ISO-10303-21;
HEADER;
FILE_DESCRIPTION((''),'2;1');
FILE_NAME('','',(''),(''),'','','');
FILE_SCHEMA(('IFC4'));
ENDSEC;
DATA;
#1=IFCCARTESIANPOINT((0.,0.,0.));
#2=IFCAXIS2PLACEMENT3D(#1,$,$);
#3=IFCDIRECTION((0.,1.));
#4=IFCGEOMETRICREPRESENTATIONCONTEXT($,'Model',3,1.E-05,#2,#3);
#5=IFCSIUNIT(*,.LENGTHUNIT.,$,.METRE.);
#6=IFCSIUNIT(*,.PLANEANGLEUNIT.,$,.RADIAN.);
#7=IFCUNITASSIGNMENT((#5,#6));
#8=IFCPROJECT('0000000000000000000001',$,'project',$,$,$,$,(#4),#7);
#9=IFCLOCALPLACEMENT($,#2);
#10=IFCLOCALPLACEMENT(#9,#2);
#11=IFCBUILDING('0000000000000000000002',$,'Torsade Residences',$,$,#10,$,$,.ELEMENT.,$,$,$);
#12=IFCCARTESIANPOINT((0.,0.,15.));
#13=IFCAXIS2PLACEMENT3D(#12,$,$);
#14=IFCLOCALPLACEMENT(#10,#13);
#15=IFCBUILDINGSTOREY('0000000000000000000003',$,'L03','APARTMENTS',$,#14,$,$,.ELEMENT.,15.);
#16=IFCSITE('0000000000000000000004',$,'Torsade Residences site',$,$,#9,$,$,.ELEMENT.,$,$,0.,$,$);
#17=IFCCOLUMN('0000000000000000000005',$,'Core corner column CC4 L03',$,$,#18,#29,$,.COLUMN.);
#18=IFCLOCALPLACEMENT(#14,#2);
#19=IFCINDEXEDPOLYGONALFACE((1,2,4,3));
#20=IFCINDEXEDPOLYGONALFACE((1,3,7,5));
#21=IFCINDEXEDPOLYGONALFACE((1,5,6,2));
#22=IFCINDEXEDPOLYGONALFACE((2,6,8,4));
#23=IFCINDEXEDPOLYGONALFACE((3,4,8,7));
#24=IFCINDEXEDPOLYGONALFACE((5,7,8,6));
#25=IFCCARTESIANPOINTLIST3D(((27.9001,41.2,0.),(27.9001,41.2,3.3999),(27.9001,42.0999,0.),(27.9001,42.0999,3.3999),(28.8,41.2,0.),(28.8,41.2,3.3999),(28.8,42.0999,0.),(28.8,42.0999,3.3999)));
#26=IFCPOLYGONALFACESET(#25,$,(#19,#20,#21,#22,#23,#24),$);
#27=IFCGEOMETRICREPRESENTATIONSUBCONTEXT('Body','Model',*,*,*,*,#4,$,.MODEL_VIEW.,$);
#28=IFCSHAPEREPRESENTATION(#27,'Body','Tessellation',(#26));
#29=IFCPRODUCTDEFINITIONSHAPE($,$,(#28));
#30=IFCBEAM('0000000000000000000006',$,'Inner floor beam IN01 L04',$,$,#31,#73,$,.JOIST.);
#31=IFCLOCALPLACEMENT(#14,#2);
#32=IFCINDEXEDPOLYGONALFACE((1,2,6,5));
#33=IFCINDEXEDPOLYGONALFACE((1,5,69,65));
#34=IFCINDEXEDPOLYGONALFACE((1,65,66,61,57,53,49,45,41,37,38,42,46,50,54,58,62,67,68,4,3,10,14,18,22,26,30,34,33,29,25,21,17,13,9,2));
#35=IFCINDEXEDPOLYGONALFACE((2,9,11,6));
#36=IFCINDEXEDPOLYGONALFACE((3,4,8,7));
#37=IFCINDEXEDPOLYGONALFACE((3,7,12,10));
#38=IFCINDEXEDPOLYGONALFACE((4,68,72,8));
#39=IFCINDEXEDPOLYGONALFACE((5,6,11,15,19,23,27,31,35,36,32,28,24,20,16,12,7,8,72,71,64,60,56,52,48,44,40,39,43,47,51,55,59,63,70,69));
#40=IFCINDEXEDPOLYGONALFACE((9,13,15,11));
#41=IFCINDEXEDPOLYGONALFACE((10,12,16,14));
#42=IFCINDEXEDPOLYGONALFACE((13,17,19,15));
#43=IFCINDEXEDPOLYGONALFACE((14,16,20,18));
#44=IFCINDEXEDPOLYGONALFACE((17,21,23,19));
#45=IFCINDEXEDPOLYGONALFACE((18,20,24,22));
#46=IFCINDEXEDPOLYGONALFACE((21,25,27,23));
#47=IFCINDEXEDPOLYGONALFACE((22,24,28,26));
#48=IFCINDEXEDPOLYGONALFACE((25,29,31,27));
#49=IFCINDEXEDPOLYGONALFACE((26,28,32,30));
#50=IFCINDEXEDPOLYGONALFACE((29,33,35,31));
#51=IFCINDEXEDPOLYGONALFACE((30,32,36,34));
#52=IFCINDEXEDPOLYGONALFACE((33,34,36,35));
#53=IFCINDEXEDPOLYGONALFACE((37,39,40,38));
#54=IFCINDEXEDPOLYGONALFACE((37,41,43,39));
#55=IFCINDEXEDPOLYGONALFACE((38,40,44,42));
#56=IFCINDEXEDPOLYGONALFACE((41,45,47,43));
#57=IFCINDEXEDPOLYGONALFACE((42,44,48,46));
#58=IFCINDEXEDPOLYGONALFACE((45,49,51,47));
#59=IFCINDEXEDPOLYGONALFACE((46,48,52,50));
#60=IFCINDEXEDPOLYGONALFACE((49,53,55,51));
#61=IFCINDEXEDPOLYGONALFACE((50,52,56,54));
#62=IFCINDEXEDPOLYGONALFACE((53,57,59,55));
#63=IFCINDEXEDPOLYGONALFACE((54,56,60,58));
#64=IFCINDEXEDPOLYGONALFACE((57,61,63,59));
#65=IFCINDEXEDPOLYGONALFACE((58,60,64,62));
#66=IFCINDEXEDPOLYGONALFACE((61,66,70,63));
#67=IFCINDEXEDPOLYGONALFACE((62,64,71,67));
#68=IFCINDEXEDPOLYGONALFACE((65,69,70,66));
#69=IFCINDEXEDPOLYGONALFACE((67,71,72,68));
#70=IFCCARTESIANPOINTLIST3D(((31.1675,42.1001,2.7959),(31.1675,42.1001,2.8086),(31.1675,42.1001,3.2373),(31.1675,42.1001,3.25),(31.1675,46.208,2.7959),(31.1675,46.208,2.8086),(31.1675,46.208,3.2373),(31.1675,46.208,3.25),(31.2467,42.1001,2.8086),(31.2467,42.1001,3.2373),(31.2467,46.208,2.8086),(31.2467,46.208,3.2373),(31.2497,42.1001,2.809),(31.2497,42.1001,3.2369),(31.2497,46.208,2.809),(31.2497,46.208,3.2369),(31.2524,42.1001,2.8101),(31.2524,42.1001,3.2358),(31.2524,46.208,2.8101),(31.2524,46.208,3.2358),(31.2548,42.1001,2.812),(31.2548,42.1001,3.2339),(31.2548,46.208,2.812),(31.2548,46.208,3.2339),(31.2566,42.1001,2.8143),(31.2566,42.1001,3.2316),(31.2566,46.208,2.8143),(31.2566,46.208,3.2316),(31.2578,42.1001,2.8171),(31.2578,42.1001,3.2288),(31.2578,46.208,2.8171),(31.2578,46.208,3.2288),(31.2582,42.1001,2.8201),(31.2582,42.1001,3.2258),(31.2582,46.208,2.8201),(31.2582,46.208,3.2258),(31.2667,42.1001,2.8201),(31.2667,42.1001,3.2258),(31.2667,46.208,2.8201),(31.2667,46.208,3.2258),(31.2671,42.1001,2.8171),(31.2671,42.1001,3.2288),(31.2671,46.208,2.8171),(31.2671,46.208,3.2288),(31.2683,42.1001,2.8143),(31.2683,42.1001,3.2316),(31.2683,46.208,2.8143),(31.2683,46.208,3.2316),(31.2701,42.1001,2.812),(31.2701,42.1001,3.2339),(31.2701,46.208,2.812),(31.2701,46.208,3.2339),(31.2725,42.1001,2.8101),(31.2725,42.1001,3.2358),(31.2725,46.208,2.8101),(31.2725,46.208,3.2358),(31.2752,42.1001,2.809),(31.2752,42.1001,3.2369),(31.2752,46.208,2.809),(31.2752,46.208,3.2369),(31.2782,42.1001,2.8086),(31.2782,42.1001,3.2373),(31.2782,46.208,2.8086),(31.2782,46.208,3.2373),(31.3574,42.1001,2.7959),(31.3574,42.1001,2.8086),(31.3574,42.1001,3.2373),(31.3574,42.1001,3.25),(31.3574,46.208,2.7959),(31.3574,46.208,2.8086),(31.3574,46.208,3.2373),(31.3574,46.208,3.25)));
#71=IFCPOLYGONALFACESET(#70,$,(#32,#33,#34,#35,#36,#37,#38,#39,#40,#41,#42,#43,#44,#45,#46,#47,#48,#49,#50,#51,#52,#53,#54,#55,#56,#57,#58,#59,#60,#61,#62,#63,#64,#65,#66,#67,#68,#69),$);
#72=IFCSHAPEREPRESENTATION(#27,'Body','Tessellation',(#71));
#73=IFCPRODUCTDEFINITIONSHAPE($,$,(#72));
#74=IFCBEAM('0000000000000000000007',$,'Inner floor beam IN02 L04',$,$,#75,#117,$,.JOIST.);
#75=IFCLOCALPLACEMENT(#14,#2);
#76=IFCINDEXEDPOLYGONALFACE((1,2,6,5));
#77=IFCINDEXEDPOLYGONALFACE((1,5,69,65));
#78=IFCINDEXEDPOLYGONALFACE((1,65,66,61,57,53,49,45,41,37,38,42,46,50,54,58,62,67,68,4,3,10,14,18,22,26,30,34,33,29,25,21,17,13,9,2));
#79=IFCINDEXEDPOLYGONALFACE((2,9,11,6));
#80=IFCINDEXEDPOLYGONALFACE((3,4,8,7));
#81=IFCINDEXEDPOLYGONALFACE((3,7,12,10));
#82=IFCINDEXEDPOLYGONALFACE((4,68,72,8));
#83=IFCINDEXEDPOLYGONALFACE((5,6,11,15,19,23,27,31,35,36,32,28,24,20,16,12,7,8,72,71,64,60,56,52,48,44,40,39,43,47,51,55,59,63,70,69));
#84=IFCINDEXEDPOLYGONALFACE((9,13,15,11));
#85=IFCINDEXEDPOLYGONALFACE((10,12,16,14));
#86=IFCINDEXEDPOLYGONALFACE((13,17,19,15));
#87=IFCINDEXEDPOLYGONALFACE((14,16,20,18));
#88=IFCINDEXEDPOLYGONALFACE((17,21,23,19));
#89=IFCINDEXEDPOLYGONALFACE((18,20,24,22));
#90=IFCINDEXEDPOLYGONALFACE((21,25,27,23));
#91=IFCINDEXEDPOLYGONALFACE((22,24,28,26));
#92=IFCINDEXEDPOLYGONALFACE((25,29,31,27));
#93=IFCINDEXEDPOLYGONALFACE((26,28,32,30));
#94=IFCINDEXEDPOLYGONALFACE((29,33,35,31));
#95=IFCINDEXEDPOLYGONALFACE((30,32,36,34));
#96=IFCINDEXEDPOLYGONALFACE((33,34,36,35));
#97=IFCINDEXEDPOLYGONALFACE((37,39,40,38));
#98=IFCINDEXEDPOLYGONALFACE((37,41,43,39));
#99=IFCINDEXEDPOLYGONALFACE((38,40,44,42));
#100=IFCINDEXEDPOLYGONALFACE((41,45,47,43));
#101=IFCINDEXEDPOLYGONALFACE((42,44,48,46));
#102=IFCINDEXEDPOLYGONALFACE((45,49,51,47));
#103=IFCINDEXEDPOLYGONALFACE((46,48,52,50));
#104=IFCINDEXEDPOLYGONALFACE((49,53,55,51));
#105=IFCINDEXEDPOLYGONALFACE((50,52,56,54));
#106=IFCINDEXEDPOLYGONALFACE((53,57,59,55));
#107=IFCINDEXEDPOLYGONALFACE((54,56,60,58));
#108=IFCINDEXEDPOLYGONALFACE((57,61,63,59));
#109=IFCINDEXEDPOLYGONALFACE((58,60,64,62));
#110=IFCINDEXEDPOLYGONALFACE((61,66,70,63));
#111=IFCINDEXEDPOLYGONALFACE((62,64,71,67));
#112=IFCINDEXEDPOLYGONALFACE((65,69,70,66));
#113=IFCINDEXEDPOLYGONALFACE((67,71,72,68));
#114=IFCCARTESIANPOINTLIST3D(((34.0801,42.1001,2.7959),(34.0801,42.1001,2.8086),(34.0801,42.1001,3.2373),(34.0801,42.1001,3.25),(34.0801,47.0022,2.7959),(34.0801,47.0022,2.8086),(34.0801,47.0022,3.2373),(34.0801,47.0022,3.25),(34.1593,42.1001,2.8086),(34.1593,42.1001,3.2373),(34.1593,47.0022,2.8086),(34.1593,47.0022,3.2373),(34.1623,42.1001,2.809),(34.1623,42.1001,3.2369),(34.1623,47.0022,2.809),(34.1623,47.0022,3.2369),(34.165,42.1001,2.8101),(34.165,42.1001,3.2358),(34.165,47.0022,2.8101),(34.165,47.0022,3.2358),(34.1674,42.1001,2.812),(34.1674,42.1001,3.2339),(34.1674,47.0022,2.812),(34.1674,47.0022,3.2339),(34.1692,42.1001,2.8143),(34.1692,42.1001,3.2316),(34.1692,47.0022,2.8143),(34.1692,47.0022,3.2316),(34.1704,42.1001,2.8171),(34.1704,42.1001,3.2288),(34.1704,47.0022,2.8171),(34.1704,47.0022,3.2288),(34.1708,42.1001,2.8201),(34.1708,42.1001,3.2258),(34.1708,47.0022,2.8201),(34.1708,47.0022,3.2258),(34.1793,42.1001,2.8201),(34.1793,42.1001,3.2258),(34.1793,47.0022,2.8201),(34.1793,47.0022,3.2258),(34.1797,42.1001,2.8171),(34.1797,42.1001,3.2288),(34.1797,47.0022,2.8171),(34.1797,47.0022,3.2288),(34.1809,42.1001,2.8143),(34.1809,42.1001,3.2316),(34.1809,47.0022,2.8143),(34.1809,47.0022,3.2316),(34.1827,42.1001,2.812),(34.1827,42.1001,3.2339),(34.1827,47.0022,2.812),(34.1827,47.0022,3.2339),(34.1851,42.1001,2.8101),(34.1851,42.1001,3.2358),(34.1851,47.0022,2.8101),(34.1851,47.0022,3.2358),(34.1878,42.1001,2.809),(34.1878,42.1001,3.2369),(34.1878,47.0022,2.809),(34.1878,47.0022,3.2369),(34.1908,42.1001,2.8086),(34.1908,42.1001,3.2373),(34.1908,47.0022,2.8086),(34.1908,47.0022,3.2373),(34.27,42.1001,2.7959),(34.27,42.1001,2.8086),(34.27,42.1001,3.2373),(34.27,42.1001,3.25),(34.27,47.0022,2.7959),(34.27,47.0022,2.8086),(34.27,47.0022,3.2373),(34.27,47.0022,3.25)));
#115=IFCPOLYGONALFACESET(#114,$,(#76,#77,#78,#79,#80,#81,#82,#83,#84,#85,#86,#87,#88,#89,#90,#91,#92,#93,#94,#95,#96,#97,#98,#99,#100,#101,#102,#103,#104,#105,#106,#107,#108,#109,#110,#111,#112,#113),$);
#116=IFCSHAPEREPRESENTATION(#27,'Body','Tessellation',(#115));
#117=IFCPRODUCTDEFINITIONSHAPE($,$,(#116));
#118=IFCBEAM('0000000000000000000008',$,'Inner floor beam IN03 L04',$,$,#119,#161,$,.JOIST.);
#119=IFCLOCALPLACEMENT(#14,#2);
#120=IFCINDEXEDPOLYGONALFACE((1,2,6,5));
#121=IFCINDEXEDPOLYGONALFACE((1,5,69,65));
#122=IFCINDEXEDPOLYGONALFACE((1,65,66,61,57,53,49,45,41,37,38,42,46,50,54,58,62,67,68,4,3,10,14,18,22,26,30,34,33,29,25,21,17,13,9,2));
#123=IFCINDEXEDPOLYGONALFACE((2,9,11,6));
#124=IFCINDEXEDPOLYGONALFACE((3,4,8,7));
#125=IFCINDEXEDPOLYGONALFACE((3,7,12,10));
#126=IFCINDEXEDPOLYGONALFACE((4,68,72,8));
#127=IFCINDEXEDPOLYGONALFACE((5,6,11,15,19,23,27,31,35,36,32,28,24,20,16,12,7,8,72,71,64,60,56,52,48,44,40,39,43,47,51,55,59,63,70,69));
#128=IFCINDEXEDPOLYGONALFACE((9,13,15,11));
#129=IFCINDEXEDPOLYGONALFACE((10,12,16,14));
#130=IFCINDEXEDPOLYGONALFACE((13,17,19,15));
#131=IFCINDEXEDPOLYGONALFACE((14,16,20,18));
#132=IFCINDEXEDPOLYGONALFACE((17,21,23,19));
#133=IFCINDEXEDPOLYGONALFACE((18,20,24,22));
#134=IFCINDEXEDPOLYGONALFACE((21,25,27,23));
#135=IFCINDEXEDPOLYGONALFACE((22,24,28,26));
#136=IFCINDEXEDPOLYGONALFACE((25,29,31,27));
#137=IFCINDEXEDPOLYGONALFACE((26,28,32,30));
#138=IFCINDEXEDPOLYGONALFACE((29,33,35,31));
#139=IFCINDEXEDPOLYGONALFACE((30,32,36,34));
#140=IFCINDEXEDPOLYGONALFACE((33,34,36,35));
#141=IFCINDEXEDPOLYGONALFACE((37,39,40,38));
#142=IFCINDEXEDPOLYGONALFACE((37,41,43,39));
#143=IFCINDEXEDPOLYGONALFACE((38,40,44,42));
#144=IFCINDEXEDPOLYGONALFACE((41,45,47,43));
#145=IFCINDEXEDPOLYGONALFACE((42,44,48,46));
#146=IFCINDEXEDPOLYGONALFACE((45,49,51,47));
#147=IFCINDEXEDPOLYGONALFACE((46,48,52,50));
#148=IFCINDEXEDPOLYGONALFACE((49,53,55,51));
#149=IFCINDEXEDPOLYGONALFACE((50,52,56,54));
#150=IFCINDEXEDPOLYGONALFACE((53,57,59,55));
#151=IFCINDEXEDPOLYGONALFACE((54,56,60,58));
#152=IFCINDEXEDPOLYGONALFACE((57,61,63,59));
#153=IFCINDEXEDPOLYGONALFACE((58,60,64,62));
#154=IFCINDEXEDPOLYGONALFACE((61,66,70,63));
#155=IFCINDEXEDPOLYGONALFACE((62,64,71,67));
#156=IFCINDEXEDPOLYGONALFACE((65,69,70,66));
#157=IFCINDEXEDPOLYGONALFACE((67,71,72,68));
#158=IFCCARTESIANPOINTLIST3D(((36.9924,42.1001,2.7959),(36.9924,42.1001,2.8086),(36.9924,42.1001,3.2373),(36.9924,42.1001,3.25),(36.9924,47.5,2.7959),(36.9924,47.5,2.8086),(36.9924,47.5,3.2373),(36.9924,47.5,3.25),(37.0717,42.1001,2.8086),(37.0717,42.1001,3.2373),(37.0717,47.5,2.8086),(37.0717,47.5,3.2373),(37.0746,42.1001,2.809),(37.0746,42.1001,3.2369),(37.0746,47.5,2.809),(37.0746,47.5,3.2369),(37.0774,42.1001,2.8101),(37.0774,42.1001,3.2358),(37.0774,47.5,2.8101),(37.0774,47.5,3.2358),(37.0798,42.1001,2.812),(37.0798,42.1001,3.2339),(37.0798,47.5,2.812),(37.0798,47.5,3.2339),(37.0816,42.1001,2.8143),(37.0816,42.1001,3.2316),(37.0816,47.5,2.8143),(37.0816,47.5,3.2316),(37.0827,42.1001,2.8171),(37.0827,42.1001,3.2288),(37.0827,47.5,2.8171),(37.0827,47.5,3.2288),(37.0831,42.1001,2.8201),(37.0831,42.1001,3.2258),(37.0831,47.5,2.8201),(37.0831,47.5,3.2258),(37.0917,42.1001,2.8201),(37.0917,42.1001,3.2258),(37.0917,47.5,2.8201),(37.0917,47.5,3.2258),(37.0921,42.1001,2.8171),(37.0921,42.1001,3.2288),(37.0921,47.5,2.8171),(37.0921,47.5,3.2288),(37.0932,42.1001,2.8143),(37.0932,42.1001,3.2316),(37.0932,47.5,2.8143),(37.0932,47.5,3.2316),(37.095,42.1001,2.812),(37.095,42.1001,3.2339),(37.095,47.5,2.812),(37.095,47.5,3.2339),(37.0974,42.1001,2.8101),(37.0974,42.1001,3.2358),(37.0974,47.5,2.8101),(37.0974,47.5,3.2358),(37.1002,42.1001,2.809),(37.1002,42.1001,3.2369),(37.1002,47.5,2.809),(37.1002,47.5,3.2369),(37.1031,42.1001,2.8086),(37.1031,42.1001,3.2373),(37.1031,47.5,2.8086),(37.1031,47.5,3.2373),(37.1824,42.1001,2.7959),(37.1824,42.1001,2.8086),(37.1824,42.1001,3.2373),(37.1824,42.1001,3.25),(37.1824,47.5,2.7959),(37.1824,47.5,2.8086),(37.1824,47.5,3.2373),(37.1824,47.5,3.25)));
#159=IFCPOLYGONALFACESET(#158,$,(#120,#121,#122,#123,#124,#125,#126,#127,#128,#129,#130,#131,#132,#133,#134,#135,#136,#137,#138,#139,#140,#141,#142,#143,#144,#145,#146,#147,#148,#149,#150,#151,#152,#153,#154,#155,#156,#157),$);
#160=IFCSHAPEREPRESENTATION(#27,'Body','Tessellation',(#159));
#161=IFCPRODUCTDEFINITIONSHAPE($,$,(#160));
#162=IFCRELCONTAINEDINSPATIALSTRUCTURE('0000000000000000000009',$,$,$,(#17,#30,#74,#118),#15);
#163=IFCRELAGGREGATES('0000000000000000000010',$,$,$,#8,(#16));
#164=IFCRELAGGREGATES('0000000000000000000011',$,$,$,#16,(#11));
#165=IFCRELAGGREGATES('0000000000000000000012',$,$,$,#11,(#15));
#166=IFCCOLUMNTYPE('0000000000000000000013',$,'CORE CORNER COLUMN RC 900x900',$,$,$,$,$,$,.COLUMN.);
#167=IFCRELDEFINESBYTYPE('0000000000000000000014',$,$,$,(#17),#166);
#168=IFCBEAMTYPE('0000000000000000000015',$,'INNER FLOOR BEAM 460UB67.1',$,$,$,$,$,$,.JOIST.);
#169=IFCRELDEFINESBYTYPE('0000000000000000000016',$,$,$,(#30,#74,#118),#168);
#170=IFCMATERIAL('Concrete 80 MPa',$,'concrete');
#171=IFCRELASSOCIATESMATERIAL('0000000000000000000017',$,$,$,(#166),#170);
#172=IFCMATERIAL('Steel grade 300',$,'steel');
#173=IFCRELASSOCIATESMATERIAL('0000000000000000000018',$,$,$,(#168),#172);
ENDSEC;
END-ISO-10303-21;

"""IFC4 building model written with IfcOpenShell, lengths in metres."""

from ifc_helpers import new_model, si_unit, direction, frame, origin, origin_2d, place, context, subcontext, project, spatial, rectangle, i_section, extrude, material, material_profile, profile_set, type_object, element, save


model = new_model("IFC4")

# Units and contexts
model_context = context("Model", 3, precision=1e-05, world=origin(), true_north=direction((0.0, 1.0)))
body_context = subcontext(model_context, "Body", "Model", "MODEL_VIEW")
ifc_project = project(units=[si_unit("LENGTHUNIT", "METRE"), si_unit("PLANEANGLEUNIT", "RADIAN")], contexts=[model_context])

# Site, building, storey
site_placement = place(None, origin())
site = spatial("IfcSite", under=ifc_project, at=site_placement, Name="Torsade Residences site", CompositionType="ELEMENT", RefElevation=0.0)
building_placement = place(site_placement, origin())
building = spatial("IfcBuilding", under=site, at=building_placement, Name="Torsade Residences", CompositionType="ELEMENT")
storey_placement = place(building_placement, frame((0.0, 0.0, 15.0)))
storey = spatial("IfcBuildingStorey", under=building, at=storey_placement, Name="L03", Description="APARTMENTS", CompositionType="ELEMENT", Elevation=15.0)

# Column
ifc_material_1 = material(Name="Concrete 80 MPa", Category="concrete")
ifc_material_profile_1 = material_profile(ifc_material_1, rectangle(XDim=0.8999, YDim=0.8999, at=origin_2d()), Name="RC 900x900")
ifc_profile_set_1 = profile_set([ifc_material_profile_1], Name="Concrete 80 MPa")
column_type = type_object("IfcColumnType", Name="CORE CORNER COLUMN RC 900x900", PredefinedType="COLUMN", material=ifc_profile_set_1)
column_placement = place(storey_placement, frame((28.3501, 41.6499, 0.0), z_axis=(0.0, 0.0, 1.0), x_axis=(1.0, 0.0, 0.0)))
element("IfcColumn", 1, at=column_placement, inside=storey, type_object=column_type, Name="Core corner column CC4 L03", PredefinedType="COLUMN", context=body_context, shape_type="SweptSolid", body=[
    extrude(rectangle(XDim=0.8999, YDim=0.8999, at=origin_2d()), origin(), (0.0, 0.0, 1.0), 3.3999),
])

# Beams
ifc_material_2 = material(Name="Steel grade 300", Category="steel")
ifc_material_profile_2 = material_profile(ifc_material_2, i_section(OverallWidth=0.1899, OverallDepth=0.4541, WebThickness=0.0085, FlangeThickness=0.0127, FilletRadius=0.0115, at=origin_2d()), Name="460UB67.1")
ifc_profile_set_2 = profile_set([ifc_material_profile_2], Name="Steel grade 300")
beam_type = type_object("IfcBeamType", Name="INNER FLOOR BEAM 460UB67.1", PredefinedType="JOIST", material=ifc_profile_set_2)
beam_1_placement = place(storey_placement, frame((31.2625, 42.1001, 3.0229), z_axis=(0.0, 1.0, 0.0), x_axis=(-1.0, 0.0, 0.0)))
element("IfcBeam", 2, at=beam_1_placement, inside=storey, type_object=beam_type, Name="Inner floor beam IN01 L04", PredefinedType="JOIST", context=body_context, shape_type="SweptSolid", body=[
    extrude(i_section(OverallWidth=0.1899, OverallDepth=0.4541, WebThickness=0.0085, FlangeThickness=0.0127, FilletRadius=0.0115, at=origin_2d()), origin(), (0.0, 0.0, 1.0), 4.1079),
])
beam_2_placement = place(storey_placement, frame((34.175, 42.1001, 3.0229), z_axis=(0.0, 1.0, 0.0), x_axis=(-1.0, 0.0, 0.0)))
element("IfcBeam", 3, at=beam_2_placement, inside=storey, type_object=beam_type, Name="Inner floor beam IN02 L04", PredefinedType="JOIST", context=body_context, shape_type="SweptSolid", body=[
    extrude(i_section(OverallWidth=0.1899, OverallDepth=0.4541, WebThickness=0.0085, FlangeThickness=0.0127, FilletRadius=0.0115, at=origin_2d()), origin(), (0.0, 0.0, 1.0), 4.9021),
])
beam_3_placement = place(storey_placement, frame((37.0874, 42.1001, 3.0229), z_axis=(0.0, 1.0, 0.0), x_axis=(-1.0, 0.0, 0.0)))
element("IfcBeam", 4, at=beam_3_placement, inside=storey, type_object=beam_type, Name="Inner floor beam IN03 L04", PredefinedType="JOIST", context=body_context, shape_type="SweptSolid", body=[
    extrude(i_section(OverallWidth=0.1899, OverallDepth=0.4541, WebThickness=0.0085, FlangeThickness=0.0127, FilletRadius=0.0115, at=origin_2d()), origin(), (0.0, 0.0, 1.0), 5.3999),
])

save(model, "model.ifc")
